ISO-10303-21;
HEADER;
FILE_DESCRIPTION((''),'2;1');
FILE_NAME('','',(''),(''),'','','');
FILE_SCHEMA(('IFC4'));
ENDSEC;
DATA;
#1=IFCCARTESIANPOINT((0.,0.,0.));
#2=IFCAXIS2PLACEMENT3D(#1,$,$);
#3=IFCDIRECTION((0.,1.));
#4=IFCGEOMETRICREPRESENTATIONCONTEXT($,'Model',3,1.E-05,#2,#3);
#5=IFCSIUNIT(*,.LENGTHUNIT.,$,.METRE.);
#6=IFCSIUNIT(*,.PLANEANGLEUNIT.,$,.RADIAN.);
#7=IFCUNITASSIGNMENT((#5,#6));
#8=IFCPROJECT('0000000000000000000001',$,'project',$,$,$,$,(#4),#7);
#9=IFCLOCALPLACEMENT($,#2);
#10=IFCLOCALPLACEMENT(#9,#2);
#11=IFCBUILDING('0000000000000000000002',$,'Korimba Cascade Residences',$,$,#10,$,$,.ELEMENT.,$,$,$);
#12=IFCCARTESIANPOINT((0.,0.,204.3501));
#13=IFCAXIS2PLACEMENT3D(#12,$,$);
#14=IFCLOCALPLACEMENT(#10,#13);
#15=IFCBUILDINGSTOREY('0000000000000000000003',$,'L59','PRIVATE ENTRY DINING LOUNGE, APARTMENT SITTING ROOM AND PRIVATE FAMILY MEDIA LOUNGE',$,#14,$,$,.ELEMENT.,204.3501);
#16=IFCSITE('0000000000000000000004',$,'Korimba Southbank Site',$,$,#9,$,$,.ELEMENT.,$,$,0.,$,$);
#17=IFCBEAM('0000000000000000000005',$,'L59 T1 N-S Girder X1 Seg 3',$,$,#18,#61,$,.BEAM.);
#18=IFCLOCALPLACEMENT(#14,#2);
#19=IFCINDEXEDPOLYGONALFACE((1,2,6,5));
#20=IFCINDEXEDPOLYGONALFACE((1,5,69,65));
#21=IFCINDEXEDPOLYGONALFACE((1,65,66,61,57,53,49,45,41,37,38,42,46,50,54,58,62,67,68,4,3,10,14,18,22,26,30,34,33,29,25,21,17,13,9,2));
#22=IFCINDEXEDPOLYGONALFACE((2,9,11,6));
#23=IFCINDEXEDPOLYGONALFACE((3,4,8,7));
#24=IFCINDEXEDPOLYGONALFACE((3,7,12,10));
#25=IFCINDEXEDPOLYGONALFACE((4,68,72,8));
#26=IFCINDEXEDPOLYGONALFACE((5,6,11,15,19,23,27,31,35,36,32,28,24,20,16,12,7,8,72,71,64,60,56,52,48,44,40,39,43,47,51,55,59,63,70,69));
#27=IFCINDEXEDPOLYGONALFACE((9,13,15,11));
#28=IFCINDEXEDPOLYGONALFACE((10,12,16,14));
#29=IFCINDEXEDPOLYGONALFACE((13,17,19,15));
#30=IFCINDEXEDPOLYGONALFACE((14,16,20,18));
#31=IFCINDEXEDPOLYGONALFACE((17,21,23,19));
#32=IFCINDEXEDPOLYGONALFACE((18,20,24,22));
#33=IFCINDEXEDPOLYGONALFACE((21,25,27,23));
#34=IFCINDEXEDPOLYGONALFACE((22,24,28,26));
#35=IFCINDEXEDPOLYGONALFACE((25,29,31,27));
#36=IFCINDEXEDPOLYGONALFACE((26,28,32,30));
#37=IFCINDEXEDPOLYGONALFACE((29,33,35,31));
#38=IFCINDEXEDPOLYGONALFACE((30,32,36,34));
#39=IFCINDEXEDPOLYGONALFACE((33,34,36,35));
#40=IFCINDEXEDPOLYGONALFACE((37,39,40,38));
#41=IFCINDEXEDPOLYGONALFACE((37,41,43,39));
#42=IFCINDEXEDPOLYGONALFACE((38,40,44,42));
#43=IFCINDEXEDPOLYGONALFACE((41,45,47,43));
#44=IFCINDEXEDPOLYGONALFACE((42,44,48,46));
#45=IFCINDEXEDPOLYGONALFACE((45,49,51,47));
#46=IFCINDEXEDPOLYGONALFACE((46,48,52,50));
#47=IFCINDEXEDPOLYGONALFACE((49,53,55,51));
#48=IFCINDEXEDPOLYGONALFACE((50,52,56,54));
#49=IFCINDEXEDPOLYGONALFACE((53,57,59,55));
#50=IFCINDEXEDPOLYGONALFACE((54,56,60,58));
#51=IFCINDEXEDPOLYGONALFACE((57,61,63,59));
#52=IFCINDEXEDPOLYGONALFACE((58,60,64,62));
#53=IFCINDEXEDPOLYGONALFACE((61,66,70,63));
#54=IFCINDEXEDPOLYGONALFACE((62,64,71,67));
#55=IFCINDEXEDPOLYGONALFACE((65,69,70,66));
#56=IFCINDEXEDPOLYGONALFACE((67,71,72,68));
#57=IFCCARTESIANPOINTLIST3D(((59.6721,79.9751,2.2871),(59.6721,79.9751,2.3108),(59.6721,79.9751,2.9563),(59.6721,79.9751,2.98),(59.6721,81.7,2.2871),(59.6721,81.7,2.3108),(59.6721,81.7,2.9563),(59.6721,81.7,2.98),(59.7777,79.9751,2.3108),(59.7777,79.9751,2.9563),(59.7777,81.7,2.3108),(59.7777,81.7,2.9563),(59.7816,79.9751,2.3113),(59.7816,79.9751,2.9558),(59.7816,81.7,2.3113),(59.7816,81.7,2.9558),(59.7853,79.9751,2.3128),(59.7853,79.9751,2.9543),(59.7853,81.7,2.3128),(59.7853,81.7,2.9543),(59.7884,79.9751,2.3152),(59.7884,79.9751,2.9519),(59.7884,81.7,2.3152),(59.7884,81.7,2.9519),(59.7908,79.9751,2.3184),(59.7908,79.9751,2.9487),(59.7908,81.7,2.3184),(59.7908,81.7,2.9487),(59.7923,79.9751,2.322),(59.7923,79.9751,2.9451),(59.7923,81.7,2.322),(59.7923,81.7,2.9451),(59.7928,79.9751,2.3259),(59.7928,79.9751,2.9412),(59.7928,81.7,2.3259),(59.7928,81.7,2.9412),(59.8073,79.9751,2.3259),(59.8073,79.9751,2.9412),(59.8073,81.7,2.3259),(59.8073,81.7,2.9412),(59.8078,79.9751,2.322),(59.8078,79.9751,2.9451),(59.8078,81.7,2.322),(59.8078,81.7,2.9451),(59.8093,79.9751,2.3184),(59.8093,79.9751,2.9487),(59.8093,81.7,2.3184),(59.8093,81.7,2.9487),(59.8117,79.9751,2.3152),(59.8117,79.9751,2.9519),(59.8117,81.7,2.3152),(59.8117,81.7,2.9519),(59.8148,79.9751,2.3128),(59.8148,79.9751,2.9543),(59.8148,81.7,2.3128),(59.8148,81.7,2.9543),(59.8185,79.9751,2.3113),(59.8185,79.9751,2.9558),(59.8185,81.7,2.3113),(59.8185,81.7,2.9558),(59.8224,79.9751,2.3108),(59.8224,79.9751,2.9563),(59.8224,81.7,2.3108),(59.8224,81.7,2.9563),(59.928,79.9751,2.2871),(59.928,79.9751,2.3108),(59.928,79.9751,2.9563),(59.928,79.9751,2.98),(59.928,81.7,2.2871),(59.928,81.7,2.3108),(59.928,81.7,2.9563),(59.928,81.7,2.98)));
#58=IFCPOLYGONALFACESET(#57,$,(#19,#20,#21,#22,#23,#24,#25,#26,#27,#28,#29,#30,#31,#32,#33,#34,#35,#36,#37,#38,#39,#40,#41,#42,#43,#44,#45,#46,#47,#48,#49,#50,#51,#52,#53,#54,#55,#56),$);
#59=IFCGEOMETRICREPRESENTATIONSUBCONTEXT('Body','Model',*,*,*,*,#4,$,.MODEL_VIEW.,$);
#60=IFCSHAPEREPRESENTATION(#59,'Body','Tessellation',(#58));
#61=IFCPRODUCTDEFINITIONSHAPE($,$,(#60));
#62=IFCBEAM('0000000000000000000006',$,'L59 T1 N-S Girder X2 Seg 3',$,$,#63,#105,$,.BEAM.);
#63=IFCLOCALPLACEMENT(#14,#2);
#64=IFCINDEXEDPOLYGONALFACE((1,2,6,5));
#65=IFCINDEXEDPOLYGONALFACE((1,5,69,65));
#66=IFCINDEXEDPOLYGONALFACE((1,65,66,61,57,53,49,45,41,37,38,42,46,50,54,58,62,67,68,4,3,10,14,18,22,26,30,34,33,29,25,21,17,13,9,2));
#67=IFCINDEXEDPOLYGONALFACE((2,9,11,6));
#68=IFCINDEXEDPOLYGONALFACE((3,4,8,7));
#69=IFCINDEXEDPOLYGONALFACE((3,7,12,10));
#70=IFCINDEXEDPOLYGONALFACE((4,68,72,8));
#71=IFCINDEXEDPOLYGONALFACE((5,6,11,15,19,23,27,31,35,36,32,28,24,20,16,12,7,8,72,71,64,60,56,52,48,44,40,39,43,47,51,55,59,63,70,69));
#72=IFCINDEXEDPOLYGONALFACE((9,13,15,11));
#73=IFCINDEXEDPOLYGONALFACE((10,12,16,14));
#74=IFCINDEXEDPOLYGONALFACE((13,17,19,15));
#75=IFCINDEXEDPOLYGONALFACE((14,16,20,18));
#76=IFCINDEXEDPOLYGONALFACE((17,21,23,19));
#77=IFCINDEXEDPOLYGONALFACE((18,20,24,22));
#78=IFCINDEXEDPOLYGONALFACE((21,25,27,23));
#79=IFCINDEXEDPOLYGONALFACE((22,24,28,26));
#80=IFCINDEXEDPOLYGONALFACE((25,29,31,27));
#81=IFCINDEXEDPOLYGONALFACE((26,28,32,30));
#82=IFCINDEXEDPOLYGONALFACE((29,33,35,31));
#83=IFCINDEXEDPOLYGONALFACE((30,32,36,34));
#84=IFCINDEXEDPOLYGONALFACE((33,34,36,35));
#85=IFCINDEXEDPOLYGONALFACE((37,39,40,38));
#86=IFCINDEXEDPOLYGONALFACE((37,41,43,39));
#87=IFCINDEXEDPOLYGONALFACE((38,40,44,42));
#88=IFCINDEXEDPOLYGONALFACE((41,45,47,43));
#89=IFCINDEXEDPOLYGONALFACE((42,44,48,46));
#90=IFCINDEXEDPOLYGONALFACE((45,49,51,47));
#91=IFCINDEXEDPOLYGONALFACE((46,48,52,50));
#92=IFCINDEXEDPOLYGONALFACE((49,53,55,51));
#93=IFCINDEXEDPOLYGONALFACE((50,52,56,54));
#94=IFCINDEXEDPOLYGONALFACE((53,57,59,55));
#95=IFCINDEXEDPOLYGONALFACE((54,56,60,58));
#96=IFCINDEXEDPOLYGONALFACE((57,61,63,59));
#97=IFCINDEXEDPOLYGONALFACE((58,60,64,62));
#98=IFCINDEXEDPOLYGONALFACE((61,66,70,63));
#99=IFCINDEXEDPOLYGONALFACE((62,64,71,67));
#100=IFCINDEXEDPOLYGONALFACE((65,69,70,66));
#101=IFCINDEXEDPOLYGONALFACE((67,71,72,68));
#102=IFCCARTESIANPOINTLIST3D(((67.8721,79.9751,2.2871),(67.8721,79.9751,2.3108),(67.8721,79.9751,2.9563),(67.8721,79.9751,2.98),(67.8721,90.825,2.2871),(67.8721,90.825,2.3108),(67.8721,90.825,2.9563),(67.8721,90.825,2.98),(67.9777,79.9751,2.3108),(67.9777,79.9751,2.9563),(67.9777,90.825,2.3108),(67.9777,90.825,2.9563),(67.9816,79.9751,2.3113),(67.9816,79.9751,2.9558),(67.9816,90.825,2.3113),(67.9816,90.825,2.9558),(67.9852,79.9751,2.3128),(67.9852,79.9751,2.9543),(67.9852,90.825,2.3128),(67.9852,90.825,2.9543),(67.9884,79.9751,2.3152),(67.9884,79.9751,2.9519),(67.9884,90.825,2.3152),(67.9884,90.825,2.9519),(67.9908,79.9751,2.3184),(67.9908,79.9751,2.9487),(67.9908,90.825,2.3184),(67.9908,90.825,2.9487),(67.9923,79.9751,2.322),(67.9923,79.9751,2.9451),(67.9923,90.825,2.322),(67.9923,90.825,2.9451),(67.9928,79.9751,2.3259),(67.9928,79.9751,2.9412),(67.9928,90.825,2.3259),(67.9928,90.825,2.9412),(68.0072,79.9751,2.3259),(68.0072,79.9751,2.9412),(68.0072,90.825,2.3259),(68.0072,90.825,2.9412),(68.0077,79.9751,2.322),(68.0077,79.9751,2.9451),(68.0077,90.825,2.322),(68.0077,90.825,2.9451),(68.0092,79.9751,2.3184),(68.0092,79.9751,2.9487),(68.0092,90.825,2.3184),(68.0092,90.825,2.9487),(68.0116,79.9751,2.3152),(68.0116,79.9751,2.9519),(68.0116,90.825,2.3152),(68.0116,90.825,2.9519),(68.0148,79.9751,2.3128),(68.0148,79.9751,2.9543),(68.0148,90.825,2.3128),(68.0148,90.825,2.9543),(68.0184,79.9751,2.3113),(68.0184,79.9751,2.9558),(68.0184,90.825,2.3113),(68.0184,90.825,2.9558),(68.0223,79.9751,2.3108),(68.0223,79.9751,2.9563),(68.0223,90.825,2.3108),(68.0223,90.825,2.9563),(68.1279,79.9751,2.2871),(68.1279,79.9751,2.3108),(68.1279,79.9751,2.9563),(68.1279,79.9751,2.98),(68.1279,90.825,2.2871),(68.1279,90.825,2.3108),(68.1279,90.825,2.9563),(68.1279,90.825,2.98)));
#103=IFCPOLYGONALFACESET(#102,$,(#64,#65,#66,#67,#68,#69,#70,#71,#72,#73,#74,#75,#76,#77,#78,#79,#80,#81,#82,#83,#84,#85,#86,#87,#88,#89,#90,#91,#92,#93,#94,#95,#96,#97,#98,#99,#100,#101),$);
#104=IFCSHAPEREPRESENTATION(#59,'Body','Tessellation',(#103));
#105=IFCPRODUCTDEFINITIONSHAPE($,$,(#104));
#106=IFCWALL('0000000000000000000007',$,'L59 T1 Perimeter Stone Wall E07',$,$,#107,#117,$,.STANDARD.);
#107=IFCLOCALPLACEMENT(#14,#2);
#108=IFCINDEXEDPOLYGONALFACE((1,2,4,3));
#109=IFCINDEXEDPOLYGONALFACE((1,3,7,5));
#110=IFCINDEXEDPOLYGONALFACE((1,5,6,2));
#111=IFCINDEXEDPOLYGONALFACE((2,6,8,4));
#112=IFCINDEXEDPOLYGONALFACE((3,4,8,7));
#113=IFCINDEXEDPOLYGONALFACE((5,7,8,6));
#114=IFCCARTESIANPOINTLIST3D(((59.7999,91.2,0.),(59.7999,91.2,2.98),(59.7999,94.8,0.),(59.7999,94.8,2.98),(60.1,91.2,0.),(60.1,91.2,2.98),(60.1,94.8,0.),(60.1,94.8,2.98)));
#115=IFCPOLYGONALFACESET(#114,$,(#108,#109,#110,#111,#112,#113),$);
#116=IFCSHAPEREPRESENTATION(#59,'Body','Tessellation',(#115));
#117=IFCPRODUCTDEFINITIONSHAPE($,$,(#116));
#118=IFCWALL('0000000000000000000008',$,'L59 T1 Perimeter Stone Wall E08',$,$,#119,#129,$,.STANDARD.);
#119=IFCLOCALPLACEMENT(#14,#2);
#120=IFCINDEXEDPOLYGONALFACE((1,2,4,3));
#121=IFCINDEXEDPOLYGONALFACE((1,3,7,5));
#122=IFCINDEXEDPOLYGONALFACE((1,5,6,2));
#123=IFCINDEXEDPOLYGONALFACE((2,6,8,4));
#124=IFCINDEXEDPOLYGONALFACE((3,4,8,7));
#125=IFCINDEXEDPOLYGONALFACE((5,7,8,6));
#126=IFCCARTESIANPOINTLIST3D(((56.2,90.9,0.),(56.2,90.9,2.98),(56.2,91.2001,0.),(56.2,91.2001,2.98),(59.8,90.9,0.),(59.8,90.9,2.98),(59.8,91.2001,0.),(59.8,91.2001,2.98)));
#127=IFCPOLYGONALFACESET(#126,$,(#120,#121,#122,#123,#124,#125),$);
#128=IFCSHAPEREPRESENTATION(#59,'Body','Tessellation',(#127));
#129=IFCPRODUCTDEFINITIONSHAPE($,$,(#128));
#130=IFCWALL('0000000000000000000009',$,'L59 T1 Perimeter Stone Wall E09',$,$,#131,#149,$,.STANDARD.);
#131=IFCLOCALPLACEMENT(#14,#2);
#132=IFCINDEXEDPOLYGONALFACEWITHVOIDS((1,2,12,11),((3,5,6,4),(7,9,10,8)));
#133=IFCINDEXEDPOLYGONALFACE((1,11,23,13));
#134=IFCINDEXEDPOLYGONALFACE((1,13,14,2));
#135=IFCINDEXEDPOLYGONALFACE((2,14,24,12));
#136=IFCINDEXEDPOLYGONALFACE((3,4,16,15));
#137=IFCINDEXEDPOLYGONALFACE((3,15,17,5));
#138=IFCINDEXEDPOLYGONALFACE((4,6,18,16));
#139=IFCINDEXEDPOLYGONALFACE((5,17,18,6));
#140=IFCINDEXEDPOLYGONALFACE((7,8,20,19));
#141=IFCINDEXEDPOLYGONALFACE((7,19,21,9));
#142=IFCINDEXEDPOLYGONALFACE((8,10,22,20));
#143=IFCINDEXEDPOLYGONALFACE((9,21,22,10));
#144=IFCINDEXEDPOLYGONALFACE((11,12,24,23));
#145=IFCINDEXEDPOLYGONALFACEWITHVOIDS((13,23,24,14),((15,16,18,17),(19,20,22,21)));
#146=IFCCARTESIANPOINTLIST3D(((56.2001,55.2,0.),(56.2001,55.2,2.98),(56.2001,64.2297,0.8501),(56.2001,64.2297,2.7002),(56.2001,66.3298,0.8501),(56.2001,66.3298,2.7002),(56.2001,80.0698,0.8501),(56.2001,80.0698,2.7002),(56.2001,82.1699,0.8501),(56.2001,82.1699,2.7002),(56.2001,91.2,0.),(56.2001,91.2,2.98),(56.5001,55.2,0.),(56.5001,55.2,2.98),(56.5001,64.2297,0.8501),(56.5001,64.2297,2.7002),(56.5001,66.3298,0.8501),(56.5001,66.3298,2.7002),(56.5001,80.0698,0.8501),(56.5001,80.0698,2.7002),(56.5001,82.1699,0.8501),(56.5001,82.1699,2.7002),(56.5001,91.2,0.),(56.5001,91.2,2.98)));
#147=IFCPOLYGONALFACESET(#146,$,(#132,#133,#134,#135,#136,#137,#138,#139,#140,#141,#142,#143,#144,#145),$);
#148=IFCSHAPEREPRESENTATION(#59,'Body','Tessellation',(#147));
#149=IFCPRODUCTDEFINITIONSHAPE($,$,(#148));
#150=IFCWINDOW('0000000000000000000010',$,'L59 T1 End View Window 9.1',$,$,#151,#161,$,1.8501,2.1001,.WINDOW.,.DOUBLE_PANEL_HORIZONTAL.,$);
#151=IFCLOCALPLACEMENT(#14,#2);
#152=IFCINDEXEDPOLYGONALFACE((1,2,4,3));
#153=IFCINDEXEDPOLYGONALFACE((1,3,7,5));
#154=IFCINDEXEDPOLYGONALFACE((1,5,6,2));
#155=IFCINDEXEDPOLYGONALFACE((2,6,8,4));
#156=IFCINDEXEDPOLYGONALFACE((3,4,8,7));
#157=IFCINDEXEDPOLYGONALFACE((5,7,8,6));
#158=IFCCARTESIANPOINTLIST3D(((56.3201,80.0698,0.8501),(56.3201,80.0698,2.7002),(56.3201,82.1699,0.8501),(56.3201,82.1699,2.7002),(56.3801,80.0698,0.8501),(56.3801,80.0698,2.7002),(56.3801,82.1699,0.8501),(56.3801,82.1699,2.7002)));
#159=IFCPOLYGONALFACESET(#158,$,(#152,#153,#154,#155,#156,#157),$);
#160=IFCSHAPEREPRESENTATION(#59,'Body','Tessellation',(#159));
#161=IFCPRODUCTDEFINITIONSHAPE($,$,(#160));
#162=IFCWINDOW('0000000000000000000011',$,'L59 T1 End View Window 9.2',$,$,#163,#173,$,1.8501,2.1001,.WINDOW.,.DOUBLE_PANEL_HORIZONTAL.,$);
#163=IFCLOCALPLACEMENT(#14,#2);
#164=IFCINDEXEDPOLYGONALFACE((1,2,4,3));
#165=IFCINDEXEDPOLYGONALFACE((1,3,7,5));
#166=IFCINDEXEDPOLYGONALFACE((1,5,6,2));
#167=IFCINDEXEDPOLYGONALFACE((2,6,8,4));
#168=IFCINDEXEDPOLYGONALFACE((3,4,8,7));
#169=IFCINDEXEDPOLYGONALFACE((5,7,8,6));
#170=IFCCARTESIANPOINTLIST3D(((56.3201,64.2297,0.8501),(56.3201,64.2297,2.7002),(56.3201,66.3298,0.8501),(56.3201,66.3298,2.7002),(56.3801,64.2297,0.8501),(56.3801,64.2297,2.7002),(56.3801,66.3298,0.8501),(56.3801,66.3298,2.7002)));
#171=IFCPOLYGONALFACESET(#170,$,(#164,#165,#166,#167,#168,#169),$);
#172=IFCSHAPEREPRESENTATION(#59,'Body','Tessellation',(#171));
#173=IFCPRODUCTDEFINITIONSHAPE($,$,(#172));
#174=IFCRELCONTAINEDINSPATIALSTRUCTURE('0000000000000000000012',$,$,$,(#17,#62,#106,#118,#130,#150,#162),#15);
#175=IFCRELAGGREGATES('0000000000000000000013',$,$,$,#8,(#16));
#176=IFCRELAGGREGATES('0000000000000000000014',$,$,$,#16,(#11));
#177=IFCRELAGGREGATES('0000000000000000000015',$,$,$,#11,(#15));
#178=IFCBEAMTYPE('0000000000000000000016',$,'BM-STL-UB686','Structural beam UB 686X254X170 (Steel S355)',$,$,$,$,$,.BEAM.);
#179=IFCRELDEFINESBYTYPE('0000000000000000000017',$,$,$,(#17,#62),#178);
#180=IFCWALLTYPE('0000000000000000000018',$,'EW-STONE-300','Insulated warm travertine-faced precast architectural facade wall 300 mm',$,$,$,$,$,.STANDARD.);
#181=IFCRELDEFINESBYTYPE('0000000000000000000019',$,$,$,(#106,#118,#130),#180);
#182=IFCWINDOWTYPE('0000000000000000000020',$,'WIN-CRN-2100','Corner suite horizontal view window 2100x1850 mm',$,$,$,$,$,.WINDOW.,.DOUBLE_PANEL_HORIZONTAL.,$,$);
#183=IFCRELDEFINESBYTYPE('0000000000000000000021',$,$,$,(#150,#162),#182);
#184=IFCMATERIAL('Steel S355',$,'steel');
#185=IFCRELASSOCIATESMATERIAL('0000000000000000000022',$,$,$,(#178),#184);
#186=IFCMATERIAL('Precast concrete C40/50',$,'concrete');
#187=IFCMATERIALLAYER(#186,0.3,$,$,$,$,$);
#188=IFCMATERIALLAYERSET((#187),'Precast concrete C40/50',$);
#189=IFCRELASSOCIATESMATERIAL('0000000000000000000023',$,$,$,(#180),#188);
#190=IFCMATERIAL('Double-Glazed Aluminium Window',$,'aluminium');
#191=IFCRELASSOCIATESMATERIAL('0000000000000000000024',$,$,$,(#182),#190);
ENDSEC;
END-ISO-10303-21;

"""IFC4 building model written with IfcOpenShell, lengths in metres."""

from ifc_helpers import new_model, si_unit, direction, frame, frame_2d, origin, origin_2d, place, context, subcontext, project, spatial, rectangle, i_section, extrude, material, layer, layer_set, material_profile, profile_set, type_object, element, fill, save


model = new_model("IFC4")

# Units and contexts
model_context = context("Model", 3, precision=1e-05, world=origin(), true_north=direction((0.0, 1.0)))
body_context = subcontext(model_context, "Body", "Model", "MODEL_VIEW")
ifc_project = project(units=[si_unit("LENGTHUNIT", "METRE"), si_unit("PLANEANGLEUNIT", "RADIAN")], contexts=[model_context])

# Site, building, storey
site_placement = place(None, origin())
site = spatial("IfcSite", under=ifc_project, at=site_placement, Name="Korimba Southbank Site", CompositionType="ELEMENT", RefElevation=0.0)
building_placement = place(site_placement, origin())
building = spatial("IfcBuilding", under=site, at=building_placement, Name="Korimba Cascade Residences", CompositionType="ELEMENT")
storey_placement = place(building_placement, frame((0.0, 0.0, 204.3501)))
storey = spatial("IfcBuildingStorey", under=building, at=storey_placement, Name="L59", Description="PRIVATE ENTRY DINING LOUNGE, APARTMENT SITTING ROOM AND PRIVATE FAMILY MEDIA LOUNGE", CompositionType="ELEMENT", Elevation=204.3501)

# Beams
ifc_material_1 = material(Name="Steel S355", Category="steel")
ifc_material_profile_1 = material_profile(ifc_material_1, i_section(OverallWidth=0.2559, OverallDepth=0.6929, WebThickness=0.0144, FlangeThickness=0.0237, FilletRadius=0.0151, at=origin_2d()), Name="Steel S355")
ifc_profile_set_1 = profile_set([ifc_material_profile_1], Name="Steel S355")
beam_type_1 = type_object("IfcBeamType", Name="BM-STL-UB686", Description="Structural beam UB 686X254X170 (Steel S355)", PredefinedType="BEAM", material=ifc_profile_set_1)
beam_1_placement = place(storey_placement, frame((59.8, 79.9751, 2.6335), z_axis=(0.0, 1.0, 0.0), x_axis=(-1.0, 0.0, 0.0)))
element("IfcBeam", 1, at=beam_1_placement, inside=storey, type_object=beam_type_1, Name="L59 T1 N-S Girder X1 Seg 3", PredefinedType="BEAM", context=body_context, shape_type="SweptSolid", body=[
    extrude(i_section(OverallWidth=0.2559, OverallDepth=0.6929, WebThickness=0.0144, FlangeThickness=0.0237, FilletRadius=0.0151, at=origin_2d()), origin(), (0.0, 0.0, 1.0), 1.7249),
])
beam_2_placement = place(storey_placement, frame((68.0, 79.9751, 2.6335), z_axis=(0.0, 1.0, 0.0), x_axis=(-1.0, 0.0, 0.0)))
element("IfcBeam", 2, at=beam_2_placement, inside=storey, type_object=beam_type_1, Name="L59 T1 N-S Girder X2 Seg 3", PredefinedType="BEAM", context=body_context, shape_type="SweptSolid", body=[
    extrude(i_section(OverallWidth=0.2559, OverallDepth=0.6929, WebThickness=0.0144, FlangeThickness=0.0237, FilletRadius=0.0151, at=origin_2d()), origin(), (0.0, 0.0, 1.0), 10.8499),
])

# Walls
ifc_material_2 = material(Name="Precast concrete C40/50", Category="concrete")
ifc_layer_1 = layer(ifc_material_2, 0.3)
ifc_layer_set_1 = layer_set([ifc_layer_1], Name="Precast concrete C40/50")
wall_type_1 = type_object("IfcWallType", Name="EW-STONE-300", Description="Insulated warm travertine-faced precast architectural facade wall 300 mm", PredefinedType="STANDARD", material=ifc_layer_set_1)
for number, where, z_axis, x_axis, name in (
    (3, (59.95, 94.8, 0.0), (0.0, 0.0, 1.0), (0.0, -1.0, 0.0), "L59 T1 Perimeter Stone Wall E07"),
    (4, (59.8, 91.05, 0.0), (0.0, 0.0, 1.0), (-1.0, 0.0, 0.0), "L59 T1 Perimeter Stone Wall E08"),
):
    element("IfcWall", number, at=place(storey_placement, frame(where, z_axis=z_axis, x_axis=x_axis)), inside=storey, type_object=wall_type_1, Name=name, PredefinedType="STANDARD", context=body_context, shape_type="SweptSolid", body=[
        extrude(rectangle(XDim=3.6001, YDim=0.3, at=frame_2d((1.8, 0.0))), origin(), (0.0, 0.0, 1.0), 2.98),
    ])

# Wall, openings, windows
wall_1_placement = place(storey_placement, frame((56.3501, 91.2, 0.0), z_axis=(0.0, 0.0, 1.0), x_axis=(0.0, -1.0, 0.0)))
wall_1 = element("IfcWall", 5, at=wall_1_placement, inside=storey, type_object=wall_type_1, Name="L59 T1 Perimeter Stone Wall E09", PredefinedType="STANDARD", context=body_context, shape_type="SweptSolid", body=[
    extrude(rectangle(XDim=36.0, YDim=0.3, at=frame_2d((18.0, 0.0))), origin(), (0.0, 0.0, 1.0), 2.98),
])
opening_1_placement = place(wall_1_placement, frame((9.03, 0.0, 0.8501)))
opening_1 = element("IfcOpeningElement", 6, at=opening_1_placement, cuts=wall_1, PredefinedType="OPENING", context=body_context, shape_type="SweptSolid", body=[
    extrude(rectangle(XDim=2.1001, YDim=1.8501, at=frame_2d((1.05, 0.925))), frame((0.0, 0.1602, 0.0), z_axis=(0.0, -1.0, 0.0), x_axis=(1.0, 0.0, 0.0)), (0.0, 0.0, 1.0), 0.3201),
])
opening_2_placement = place(wall_1_placement, frame((24.8701, 0.0, 0.8501)))
opening_2 = element("IfcOpeningElement", 7, at=opening_2_placement, cuts=wall_1, PredefinedType="OPENING", context=body_context, shape_type="SweptSolid", body=[
    extrude(rectangle(XDim=2.1001, YDim=1.8501, at=frame_2d((1.05, 0.925))), frame((0.0, 0.1602, 0.0), z_axis=(0.0, -1.0, 0.0), x_axis=(1.0, 0.0, 0.0)), (0.0, 0.0, 1.0), 0.3201),
])
ifc_material_3 = material(Name="Double-Glazed Aluminium Window", Category="aluminium")
window_type = type_object("IfcWindowType", Name="WIN-CRN-2100", Description="Corner suite horizontal view window 2100x1850 mm", PartitioningType="DOUBLE_PANEL_HORIZONTAL", PredefinedType="WINDOW", material=ifc_material_3)
window_1_placement = place(opening_1_placement, origin())
window_1 = element("IfcWindow", 8, at=window_1_placement, inside=storey, type_object=window_type, Name="L59 T1 End View Window 9.1", OverallHeight=1.8501, OverallWidth=2.1001, PartitioningType="DOUBLE_PANEL_HORIZONTAL", PredefinedType="WINDOW", context=body_context, shape_type="SweptSolid", body=[
    extrude(rectangle(XDim=2.1001, YDim=1.8501, at=frame_2d((1.05, 0.925))), frame((0.0, 0.03, 0.0), z_axis=(0.0, -1.0, 0.0), x_axis=(1.0, 0.0, 0.0)), (0.0, 0.0, 1.0), 0.0601),
])
fill(opening_1, window_1)
window_2_placement = place(opening_2_placement, origin())
window_2 = element("IfcWindow", 9, at=window_2_placement, inside=storey, type_object=window_type, Name="L59 T1 End View Window 9.2", OverallHeight=1.8501, OverallWidth=2.1001, PartitioningType="DOUBLE_PANEL_HORIZONTAL", PredefinedType="WINDOW", context=body_context, shape_type="SweptSolid", body=[
    extrude(rectangle(XDim=2.1001, YDim=1.8501, at=frame_2d((1.05, 0.925))), frame((0.0, 0.03, 0.0), z_axis=(0.0, -1.0, 0.0), x_axis=(1.0, 0.0, 0.0)), (0.0, 0.0, 1.0), 0.0601),
])
fill(opening_2, window_2)

save(model, "model.ifc")
